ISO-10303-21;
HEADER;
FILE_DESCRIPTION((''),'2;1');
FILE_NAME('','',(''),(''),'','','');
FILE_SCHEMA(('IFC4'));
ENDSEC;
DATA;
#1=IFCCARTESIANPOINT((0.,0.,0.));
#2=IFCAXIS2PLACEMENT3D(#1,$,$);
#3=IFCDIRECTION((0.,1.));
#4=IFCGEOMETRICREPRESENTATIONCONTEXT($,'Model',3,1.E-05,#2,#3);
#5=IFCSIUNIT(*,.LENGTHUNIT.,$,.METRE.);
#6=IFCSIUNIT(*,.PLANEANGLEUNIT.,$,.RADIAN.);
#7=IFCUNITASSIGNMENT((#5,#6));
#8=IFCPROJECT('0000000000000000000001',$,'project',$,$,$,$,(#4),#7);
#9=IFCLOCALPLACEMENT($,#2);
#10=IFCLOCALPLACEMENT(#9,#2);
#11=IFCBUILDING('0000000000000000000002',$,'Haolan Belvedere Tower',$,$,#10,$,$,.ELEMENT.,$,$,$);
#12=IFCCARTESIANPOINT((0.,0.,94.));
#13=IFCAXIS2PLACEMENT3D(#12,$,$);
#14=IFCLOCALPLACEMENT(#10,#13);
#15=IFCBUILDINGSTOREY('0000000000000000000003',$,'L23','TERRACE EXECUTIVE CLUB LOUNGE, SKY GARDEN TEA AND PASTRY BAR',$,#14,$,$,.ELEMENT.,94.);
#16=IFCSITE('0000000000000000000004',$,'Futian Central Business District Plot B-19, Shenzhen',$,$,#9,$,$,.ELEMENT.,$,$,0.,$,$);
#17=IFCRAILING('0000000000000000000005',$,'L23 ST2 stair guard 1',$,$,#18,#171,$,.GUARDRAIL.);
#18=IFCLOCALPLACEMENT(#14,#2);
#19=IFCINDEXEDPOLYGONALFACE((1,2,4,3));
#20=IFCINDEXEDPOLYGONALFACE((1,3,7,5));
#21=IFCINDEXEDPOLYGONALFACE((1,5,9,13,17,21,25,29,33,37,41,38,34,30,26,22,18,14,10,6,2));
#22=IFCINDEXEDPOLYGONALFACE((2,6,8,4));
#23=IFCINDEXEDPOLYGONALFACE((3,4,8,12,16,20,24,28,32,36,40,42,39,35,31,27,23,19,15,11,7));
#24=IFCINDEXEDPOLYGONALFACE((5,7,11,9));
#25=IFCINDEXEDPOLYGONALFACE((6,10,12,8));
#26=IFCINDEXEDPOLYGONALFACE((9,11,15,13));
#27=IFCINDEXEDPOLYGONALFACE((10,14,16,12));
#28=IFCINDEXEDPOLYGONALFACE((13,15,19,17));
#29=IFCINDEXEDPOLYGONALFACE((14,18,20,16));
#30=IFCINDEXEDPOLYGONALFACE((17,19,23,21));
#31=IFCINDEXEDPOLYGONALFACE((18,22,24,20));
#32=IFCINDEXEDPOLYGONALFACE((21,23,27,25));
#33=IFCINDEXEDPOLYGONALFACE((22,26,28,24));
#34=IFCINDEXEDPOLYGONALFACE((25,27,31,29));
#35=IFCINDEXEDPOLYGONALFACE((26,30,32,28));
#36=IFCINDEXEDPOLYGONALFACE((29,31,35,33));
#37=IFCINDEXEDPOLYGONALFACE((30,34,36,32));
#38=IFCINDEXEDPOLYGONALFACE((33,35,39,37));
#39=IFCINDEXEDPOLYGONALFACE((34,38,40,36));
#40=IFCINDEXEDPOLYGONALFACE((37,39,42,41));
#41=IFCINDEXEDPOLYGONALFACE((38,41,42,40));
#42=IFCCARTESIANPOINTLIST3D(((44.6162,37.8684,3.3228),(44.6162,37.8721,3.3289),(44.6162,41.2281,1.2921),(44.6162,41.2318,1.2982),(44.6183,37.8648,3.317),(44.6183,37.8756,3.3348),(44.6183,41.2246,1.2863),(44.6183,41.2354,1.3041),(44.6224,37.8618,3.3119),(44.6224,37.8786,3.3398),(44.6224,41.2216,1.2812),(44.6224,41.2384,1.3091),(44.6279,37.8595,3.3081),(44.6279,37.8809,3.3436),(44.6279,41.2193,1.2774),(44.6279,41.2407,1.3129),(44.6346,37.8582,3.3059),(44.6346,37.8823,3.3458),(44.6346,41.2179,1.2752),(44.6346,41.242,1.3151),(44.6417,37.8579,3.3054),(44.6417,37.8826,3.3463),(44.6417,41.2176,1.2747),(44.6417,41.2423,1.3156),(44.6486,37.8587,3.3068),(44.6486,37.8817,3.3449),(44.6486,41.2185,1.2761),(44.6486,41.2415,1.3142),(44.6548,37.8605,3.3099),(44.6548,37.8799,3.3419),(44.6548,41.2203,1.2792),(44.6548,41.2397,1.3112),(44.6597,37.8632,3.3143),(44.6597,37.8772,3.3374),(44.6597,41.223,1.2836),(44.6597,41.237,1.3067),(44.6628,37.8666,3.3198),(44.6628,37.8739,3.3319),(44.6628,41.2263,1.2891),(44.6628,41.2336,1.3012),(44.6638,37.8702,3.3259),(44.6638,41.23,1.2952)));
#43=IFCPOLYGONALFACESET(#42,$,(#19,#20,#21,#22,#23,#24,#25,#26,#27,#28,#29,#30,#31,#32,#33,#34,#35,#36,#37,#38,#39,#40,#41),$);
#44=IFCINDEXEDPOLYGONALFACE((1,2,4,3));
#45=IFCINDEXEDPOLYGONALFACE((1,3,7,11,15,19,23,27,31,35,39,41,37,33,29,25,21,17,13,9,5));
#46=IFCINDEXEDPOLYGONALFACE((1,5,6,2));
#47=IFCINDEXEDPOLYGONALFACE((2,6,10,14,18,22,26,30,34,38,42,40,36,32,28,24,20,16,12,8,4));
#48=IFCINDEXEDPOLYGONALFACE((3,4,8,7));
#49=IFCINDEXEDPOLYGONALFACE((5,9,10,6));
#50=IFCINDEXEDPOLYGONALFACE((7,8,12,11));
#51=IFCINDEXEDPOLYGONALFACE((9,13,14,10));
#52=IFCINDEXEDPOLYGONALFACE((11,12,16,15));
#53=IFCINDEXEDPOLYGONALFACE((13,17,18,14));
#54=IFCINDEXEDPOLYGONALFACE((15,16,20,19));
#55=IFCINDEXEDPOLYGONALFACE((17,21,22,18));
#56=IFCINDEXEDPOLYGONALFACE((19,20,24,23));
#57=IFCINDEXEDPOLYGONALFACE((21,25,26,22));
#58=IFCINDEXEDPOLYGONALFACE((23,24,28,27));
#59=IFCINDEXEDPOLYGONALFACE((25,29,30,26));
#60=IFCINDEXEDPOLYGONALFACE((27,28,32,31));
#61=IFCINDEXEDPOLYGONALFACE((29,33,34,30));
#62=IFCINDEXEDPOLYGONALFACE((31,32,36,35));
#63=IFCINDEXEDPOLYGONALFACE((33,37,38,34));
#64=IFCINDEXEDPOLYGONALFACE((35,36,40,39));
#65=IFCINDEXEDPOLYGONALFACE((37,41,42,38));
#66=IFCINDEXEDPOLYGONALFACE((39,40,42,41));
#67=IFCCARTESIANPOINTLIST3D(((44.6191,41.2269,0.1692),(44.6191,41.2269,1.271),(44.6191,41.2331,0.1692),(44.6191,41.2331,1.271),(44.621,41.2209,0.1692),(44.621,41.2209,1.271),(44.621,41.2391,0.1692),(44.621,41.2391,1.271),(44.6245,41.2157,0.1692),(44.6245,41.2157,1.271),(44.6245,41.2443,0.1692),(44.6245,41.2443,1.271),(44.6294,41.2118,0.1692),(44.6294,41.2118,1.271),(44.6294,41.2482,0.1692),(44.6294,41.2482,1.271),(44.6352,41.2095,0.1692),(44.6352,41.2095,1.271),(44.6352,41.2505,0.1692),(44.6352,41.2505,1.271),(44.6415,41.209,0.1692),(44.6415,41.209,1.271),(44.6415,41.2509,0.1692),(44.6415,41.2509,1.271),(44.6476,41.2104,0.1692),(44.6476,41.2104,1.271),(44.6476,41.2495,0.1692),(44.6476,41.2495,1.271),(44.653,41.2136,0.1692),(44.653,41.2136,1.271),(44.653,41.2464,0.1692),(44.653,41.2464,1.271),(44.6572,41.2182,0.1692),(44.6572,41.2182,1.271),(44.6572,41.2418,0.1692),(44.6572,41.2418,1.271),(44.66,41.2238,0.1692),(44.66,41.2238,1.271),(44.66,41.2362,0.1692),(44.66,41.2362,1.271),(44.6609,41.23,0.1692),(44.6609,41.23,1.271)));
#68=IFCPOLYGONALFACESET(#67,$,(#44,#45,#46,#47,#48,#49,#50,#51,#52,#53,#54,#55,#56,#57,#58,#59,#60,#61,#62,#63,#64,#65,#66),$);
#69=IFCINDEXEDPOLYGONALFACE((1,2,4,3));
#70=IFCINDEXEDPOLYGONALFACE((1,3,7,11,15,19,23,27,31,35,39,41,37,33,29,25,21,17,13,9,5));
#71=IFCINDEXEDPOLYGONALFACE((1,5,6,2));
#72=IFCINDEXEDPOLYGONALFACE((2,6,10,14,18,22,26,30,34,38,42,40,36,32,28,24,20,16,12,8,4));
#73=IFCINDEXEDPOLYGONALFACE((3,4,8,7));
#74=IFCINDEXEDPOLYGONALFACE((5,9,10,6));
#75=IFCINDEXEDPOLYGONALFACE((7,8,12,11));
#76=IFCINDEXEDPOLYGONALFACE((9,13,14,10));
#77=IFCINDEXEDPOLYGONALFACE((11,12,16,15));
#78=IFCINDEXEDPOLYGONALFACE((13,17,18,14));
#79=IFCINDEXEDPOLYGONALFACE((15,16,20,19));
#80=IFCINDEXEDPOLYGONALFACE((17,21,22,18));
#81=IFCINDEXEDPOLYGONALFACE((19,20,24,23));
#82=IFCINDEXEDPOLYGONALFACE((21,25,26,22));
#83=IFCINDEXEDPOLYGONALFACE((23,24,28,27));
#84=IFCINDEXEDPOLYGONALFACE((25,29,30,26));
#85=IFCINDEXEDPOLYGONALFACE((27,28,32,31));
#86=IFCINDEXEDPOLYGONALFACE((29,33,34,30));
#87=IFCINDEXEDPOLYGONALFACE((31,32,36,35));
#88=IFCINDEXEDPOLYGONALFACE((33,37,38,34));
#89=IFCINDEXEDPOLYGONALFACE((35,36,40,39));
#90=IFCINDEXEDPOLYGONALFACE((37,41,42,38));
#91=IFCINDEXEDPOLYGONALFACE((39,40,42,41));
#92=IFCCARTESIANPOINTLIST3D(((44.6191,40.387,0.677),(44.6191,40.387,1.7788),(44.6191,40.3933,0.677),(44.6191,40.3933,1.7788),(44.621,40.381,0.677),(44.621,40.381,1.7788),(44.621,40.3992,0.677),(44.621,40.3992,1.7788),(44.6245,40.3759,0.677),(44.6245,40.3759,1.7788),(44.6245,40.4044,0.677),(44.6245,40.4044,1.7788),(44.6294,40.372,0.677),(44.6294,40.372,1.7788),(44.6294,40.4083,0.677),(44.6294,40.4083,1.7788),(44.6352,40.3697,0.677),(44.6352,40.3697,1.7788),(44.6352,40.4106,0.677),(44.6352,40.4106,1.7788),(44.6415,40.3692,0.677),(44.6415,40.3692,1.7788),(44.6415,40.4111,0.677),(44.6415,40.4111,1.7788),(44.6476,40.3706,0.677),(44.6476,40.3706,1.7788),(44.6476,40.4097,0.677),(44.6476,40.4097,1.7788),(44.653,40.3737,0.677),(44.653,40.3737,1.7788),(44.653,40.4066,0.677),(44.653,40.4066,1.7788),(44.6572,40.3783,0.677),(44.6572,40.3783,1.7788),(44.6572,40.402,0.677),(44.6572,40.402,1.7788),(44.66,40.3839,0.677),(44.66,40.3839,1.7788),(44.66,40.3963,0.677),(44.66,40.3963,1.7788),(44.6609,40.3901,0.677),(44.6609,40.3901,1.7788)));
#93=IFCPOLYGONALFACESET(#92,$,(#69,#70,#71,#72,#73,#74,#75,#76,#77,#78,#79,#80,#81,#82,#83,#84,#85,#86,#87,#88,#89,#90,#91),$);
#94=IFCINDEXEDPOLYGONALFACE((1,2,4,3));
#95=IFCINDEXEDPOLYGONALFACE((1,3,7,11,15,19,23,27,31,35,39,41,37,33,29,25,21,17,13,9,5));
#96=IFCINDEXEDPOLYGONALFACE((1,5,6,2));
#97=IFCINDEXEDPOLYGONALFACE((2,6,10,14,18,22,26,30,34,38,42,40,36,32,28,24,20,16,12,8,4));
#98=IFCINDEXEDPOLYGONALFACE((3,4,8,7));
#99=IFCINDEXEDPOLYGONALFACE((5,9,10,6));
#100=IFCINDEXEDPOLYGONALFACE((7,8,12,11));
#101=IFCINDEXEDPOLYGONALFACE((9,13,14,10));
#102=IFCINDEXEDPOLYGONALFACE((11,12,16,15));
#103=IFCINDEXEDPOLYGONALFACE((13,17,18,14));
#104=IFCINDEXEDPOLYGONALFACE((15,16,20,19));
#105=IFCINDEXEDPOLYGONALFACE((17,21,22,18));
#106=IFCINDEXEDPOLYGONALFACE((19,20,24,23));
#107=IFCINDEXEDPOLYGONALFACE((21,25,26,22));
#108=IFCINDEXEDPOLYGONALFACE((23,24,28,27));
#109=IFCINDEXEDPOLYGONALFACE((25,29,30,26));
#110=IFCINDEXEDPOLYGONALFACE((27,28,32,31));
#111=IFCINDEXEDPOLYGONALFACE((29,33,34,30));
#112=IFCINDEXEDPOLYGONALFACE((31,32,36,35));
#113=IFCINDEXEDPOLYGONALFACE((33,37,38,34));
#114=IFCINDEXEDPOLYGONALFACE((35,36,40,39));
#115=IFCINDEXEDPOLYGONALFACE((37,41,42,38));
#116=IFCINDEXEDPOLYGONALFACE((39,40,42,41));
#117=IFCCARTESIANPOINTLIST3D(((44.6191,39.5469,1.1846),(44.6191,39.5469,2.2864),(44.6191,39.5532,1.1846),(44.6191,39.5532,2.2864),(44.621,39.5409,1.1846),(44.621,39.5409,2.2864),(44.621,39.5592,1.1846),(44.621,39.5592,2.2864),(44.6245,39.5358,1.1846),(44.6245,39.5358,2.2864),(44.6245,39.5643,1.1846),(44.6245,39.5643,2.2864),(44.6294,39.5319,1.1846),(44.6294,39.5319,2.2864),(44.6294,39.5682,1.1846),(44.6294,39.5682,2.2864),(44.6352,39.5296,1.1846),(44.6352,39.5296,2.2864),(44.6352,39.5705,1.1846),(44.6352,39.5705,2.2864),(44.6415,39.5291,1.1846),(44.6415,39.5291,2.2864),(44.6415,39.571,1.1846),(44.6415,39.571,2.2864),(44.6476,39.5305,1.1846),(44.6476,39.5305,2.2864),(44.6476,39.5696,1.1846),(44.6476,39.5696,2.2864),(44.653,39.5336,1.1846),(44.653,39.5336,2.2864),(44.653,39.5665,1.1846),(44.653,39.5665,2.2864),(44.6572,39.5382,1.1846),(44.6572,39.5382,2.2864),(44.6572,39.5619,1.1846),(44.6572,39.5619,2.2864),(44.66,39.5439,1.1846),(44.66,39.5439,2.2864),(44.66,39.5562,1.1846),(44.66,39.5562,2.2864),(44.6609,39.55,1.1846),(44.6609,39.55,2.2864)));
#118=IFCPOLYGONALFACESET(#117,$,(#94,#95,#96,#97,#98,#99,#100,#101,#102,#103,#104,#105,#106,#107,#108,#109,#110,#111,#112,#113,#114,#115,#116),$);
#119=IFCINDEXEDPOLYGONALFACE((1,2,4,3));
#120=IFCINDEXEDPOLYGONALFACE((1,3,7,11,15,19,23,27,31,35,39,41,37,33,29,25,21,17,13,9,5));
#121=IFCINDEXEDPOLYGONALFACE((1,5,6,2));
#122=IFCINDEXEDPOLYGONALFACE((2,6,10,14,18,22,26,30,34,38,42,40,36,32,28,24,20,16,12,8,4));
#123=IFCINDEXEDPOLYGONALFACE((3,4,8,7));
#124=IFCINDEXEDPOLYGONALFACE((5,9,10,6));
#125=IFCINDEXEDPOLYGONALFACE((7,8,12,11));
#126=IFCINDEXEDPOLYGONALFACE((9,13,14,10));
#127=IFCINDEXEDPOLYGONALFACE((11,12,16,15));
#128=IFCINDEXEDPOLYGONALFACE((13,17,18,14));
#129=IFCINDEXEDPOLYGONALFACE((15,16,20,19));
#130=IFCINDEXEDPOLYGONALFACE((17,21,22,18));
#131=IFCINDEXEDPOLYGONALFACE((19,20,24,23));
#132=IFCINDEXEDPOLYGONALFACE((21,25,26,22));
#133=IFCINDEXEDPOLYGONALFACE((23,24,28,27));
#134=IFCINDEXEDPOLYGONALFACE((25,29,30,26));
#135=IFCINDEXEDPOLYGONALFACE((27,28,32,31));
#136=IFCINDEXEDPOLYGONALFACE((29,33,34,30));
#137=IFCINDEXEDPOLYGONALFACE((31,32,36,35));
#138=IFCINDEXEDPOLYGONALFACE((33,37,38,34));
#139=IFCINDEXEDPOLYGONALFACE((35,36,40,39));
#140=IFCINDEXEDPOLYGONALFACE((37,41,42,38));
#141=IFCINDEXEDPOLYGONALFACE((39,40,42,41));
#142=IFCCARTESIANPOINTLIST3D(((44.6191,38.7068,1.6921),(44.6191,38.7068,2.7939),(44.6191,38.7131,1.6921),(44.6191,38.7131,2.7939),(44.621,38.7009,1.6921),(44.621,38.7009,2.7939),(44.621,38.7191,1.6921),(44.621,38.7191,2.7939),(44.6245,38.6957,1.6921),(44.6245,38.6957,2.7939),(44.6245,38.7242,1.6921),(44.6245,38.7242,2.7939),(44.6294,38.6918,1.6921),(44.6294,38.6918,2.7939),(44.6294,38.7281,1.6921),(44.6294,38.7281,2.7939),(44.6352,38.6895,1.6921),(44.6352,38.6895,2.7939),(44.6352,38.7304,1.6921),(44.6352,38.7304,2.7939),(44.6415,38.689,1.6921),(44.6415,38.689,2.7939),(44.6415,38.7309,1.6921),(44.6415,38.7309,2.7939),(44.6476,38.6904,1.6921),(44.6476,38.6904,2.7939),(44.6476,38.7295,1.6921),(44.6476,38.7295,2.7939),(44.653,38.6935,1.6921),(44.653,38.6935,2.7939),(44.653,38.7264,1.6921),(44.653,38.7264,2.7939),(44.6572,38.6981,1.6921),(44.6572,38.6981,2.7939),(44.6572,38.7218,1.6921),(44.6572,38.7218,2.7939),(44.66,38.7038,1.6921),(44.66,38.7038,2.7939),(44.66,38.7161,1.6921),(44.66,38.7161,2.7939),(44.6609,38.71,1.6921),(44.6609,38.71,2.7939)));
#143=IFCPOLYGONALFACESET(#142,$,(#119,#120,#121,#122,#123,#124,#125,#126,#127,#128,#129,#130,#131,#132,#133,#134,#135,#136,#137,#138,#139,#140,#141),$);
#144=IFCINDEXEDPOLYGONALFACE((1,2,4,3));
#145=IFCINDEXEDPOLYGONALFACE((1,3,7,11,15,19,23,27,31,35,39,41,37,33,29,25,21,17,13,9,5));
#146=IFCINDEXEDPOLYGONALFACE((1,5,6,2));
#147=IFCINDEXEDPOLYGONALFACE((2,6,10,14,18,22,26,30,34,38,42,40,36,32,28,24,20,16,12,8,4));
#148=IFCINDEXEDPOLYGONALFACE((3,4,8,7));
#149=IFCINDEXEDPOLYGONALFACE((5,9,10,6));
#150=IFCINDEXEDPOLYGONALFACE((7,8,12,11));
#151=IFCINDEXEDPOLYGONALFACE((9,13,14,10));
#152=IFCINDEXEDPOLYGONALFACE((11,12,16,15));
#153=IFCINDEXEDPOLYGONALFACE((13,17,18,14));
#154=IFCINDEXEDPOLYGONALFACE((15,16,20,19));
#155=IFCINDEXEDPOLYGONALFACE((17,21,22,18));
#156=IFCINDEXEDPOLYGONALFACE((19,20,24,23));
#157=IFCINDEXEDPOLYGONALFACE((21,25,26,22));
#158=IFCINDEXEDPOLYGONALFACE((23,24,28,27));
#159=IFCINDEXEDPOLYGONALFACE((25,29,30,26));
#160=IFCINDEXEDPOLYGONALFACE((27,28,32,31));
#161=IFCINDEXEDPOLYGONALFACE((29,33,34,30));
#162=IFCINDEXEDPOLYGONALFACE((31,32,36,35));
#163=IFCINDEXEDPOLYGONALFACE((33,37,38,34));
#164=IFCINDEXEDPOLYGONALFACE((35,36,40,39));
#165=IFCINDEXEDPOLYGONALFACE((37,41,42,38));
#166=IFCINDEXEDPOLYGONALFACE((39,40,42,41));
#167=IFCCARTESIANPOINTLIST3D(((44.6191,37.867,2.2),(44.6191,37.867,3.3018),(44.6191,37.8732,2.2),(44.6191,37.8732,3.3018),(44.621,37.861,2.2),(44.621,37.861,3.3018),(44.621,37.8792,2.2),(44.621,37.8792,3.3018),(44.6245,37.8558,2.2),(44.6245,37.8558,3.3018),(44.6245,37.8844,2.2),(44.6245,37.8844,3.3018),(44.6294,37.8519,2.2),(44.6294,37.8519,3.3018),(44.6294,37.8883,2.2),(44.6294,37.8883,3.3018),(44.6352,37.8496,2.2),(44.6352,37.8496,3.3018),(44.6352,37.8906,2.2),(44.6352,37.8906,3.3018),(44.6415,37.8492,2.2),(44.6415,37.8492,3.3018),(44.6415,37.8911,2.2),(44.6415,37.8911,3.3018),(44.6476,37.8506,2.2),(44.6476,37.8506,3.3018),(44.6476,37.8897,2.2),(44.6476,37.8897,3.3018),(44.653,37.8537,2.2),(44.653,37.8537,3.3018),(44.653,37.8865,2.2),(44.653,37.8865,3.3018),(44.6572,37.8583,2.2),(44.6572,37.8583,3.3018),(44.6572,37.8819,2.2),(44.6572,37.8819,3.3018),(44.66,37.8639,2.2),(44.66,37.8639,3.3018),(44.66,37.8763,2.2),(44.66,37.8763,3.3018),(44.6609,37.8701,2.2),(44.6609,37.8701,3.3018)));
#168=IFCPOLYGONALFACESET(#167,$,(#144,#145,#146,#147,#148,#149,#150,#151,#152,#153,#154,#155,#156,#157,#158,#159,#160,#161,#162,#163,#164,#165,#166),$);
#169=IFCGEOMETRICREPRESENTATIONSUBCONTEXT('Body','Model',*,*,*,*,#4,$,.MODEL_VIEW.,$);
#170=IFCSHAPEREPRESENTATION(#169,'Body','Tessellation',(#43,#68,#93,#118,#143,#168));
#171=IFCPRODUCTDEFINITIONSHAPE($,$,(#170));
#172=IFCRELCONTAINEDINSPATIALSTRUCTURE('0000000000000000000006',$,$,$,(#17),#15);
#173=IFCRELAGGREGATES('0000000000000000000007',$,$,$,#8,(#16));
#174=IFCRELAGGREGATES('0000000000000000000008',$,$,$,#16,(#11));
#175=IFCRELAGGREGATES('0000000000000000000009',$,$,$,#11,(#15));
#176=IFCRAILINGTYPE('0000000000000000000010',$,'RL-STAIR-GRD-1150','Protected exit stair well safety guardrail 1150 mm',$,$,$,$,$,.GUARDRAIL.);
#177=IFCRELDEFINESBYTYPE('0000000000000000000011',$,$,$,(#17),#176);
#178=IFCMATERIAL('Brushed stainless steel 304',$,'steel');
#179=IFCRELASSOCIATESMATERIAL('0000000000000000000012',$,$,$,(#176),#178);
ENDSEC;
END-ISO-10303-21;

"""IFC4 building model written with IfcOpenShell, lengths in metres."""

from ifc_helpers import new_model, si_unit, direction, frame, origin, origin_2d, place, context, subcontext, project, spatial, circle, extrude, material, type_object, element, save


model = new_model("IFC4")

# Units and contexts
model_context = context("Model", 3, precision=1e-05, world=origin(), true_north=direction((0.0, 1.0)))
body_context = subcontext(model_context, "Body", "Model", "MODEL_VIEW")
ifc_project = project(units=[si_unit("LENGTHUNIT", "METRE"), si_unit("PLANEANGLEUNIT", "RADIAN")], contexts=[model_context])

# Site, building, storey
site_placement = place(None, origin())
site = spatial("IfcSite", under=ifc_project, at=site_placement, Name="Futian Central Business District Plot B-19, Shenzhen", CompositionType="ELEMENT", RefElevation=0.0)
building_placement = place(site_placement, origin())
building = spatial("IfcBuilding", under=site, at=building_placement, Name="Haolan Belvedere Tower", CompositionType="ELEMENT")
storey_placement = place(building_placement, frame((0.0, 0.0, 94.0)))
storey = spatial("IfcBuildingStorey", under=building, at=storey_placement, Name="L23", Description="TERRACE EXECUTIVE CLUB LOUNGE, SKY GARDEN TEA AND PASTRY BAR", CompositionType="ELEMENT", Elevation=94.0)

# Railing
ifc_material_1 = material(Name="Brushed stainless steel 304", Category="steel")
railing_type_1 = type_object("IfcRailingType", Name="RL-STAIR-GRD-1150", Description="Protected exit stair well safety guardrail 1150 mm", PredefinedType="GUARDRAIL", material=ifc_material_1)
railing_1_placement = place(storey_placement, frame((44.6399, 41.23, 0.1692)))
element("IfcRailing", 1, at=railing_1_placement, inside=storey, type_object=railing_type_1, Name="L23 ST2 stair guard 1", PredefinedType="GUARDRAIL", context=body_context, shape_type="SweptSolid", body=[
    extrude(circle(Radius=0.0239, at=origin_2d()), frame((0.0, 0.0, 1.126), z_axis=(0.0, -0.85582, 0.517273), x_axis=(1.0, 0.0, 0.0)), (0.0, 0.0, 1.0), 3.9258),
    extrude(circle(Radius=0.021, at=origin_2d()), origin(), (0.0, 0.0, 1.0), 1.1018),
    extrude(circle(Radius=0.021, at=origin_2d()), frame((0.0, -0.8398, 0.5078)), (0.0, 0.0, 1.0), 1.1018),
    extrude(circle(Radius=0.021, at=origin_2d()), frame((0.0, -1.6799, 1.0154)), (0.0, 0.0, 1.0), 1.1018),
    extrude(circle(Radius=0.021, at=origin_2d()), frame((0.0, -2.52, 1.5229)), (0.0, 0.0, 1.0), 1.1018),
    extrude(circle(Radius=0.021, at=origin_2d()), frame((0.0, -3.3599, 2.0308)), (0.0, 0.0, 1.0), 1.1018),
])

save(model, "model.ifc")
